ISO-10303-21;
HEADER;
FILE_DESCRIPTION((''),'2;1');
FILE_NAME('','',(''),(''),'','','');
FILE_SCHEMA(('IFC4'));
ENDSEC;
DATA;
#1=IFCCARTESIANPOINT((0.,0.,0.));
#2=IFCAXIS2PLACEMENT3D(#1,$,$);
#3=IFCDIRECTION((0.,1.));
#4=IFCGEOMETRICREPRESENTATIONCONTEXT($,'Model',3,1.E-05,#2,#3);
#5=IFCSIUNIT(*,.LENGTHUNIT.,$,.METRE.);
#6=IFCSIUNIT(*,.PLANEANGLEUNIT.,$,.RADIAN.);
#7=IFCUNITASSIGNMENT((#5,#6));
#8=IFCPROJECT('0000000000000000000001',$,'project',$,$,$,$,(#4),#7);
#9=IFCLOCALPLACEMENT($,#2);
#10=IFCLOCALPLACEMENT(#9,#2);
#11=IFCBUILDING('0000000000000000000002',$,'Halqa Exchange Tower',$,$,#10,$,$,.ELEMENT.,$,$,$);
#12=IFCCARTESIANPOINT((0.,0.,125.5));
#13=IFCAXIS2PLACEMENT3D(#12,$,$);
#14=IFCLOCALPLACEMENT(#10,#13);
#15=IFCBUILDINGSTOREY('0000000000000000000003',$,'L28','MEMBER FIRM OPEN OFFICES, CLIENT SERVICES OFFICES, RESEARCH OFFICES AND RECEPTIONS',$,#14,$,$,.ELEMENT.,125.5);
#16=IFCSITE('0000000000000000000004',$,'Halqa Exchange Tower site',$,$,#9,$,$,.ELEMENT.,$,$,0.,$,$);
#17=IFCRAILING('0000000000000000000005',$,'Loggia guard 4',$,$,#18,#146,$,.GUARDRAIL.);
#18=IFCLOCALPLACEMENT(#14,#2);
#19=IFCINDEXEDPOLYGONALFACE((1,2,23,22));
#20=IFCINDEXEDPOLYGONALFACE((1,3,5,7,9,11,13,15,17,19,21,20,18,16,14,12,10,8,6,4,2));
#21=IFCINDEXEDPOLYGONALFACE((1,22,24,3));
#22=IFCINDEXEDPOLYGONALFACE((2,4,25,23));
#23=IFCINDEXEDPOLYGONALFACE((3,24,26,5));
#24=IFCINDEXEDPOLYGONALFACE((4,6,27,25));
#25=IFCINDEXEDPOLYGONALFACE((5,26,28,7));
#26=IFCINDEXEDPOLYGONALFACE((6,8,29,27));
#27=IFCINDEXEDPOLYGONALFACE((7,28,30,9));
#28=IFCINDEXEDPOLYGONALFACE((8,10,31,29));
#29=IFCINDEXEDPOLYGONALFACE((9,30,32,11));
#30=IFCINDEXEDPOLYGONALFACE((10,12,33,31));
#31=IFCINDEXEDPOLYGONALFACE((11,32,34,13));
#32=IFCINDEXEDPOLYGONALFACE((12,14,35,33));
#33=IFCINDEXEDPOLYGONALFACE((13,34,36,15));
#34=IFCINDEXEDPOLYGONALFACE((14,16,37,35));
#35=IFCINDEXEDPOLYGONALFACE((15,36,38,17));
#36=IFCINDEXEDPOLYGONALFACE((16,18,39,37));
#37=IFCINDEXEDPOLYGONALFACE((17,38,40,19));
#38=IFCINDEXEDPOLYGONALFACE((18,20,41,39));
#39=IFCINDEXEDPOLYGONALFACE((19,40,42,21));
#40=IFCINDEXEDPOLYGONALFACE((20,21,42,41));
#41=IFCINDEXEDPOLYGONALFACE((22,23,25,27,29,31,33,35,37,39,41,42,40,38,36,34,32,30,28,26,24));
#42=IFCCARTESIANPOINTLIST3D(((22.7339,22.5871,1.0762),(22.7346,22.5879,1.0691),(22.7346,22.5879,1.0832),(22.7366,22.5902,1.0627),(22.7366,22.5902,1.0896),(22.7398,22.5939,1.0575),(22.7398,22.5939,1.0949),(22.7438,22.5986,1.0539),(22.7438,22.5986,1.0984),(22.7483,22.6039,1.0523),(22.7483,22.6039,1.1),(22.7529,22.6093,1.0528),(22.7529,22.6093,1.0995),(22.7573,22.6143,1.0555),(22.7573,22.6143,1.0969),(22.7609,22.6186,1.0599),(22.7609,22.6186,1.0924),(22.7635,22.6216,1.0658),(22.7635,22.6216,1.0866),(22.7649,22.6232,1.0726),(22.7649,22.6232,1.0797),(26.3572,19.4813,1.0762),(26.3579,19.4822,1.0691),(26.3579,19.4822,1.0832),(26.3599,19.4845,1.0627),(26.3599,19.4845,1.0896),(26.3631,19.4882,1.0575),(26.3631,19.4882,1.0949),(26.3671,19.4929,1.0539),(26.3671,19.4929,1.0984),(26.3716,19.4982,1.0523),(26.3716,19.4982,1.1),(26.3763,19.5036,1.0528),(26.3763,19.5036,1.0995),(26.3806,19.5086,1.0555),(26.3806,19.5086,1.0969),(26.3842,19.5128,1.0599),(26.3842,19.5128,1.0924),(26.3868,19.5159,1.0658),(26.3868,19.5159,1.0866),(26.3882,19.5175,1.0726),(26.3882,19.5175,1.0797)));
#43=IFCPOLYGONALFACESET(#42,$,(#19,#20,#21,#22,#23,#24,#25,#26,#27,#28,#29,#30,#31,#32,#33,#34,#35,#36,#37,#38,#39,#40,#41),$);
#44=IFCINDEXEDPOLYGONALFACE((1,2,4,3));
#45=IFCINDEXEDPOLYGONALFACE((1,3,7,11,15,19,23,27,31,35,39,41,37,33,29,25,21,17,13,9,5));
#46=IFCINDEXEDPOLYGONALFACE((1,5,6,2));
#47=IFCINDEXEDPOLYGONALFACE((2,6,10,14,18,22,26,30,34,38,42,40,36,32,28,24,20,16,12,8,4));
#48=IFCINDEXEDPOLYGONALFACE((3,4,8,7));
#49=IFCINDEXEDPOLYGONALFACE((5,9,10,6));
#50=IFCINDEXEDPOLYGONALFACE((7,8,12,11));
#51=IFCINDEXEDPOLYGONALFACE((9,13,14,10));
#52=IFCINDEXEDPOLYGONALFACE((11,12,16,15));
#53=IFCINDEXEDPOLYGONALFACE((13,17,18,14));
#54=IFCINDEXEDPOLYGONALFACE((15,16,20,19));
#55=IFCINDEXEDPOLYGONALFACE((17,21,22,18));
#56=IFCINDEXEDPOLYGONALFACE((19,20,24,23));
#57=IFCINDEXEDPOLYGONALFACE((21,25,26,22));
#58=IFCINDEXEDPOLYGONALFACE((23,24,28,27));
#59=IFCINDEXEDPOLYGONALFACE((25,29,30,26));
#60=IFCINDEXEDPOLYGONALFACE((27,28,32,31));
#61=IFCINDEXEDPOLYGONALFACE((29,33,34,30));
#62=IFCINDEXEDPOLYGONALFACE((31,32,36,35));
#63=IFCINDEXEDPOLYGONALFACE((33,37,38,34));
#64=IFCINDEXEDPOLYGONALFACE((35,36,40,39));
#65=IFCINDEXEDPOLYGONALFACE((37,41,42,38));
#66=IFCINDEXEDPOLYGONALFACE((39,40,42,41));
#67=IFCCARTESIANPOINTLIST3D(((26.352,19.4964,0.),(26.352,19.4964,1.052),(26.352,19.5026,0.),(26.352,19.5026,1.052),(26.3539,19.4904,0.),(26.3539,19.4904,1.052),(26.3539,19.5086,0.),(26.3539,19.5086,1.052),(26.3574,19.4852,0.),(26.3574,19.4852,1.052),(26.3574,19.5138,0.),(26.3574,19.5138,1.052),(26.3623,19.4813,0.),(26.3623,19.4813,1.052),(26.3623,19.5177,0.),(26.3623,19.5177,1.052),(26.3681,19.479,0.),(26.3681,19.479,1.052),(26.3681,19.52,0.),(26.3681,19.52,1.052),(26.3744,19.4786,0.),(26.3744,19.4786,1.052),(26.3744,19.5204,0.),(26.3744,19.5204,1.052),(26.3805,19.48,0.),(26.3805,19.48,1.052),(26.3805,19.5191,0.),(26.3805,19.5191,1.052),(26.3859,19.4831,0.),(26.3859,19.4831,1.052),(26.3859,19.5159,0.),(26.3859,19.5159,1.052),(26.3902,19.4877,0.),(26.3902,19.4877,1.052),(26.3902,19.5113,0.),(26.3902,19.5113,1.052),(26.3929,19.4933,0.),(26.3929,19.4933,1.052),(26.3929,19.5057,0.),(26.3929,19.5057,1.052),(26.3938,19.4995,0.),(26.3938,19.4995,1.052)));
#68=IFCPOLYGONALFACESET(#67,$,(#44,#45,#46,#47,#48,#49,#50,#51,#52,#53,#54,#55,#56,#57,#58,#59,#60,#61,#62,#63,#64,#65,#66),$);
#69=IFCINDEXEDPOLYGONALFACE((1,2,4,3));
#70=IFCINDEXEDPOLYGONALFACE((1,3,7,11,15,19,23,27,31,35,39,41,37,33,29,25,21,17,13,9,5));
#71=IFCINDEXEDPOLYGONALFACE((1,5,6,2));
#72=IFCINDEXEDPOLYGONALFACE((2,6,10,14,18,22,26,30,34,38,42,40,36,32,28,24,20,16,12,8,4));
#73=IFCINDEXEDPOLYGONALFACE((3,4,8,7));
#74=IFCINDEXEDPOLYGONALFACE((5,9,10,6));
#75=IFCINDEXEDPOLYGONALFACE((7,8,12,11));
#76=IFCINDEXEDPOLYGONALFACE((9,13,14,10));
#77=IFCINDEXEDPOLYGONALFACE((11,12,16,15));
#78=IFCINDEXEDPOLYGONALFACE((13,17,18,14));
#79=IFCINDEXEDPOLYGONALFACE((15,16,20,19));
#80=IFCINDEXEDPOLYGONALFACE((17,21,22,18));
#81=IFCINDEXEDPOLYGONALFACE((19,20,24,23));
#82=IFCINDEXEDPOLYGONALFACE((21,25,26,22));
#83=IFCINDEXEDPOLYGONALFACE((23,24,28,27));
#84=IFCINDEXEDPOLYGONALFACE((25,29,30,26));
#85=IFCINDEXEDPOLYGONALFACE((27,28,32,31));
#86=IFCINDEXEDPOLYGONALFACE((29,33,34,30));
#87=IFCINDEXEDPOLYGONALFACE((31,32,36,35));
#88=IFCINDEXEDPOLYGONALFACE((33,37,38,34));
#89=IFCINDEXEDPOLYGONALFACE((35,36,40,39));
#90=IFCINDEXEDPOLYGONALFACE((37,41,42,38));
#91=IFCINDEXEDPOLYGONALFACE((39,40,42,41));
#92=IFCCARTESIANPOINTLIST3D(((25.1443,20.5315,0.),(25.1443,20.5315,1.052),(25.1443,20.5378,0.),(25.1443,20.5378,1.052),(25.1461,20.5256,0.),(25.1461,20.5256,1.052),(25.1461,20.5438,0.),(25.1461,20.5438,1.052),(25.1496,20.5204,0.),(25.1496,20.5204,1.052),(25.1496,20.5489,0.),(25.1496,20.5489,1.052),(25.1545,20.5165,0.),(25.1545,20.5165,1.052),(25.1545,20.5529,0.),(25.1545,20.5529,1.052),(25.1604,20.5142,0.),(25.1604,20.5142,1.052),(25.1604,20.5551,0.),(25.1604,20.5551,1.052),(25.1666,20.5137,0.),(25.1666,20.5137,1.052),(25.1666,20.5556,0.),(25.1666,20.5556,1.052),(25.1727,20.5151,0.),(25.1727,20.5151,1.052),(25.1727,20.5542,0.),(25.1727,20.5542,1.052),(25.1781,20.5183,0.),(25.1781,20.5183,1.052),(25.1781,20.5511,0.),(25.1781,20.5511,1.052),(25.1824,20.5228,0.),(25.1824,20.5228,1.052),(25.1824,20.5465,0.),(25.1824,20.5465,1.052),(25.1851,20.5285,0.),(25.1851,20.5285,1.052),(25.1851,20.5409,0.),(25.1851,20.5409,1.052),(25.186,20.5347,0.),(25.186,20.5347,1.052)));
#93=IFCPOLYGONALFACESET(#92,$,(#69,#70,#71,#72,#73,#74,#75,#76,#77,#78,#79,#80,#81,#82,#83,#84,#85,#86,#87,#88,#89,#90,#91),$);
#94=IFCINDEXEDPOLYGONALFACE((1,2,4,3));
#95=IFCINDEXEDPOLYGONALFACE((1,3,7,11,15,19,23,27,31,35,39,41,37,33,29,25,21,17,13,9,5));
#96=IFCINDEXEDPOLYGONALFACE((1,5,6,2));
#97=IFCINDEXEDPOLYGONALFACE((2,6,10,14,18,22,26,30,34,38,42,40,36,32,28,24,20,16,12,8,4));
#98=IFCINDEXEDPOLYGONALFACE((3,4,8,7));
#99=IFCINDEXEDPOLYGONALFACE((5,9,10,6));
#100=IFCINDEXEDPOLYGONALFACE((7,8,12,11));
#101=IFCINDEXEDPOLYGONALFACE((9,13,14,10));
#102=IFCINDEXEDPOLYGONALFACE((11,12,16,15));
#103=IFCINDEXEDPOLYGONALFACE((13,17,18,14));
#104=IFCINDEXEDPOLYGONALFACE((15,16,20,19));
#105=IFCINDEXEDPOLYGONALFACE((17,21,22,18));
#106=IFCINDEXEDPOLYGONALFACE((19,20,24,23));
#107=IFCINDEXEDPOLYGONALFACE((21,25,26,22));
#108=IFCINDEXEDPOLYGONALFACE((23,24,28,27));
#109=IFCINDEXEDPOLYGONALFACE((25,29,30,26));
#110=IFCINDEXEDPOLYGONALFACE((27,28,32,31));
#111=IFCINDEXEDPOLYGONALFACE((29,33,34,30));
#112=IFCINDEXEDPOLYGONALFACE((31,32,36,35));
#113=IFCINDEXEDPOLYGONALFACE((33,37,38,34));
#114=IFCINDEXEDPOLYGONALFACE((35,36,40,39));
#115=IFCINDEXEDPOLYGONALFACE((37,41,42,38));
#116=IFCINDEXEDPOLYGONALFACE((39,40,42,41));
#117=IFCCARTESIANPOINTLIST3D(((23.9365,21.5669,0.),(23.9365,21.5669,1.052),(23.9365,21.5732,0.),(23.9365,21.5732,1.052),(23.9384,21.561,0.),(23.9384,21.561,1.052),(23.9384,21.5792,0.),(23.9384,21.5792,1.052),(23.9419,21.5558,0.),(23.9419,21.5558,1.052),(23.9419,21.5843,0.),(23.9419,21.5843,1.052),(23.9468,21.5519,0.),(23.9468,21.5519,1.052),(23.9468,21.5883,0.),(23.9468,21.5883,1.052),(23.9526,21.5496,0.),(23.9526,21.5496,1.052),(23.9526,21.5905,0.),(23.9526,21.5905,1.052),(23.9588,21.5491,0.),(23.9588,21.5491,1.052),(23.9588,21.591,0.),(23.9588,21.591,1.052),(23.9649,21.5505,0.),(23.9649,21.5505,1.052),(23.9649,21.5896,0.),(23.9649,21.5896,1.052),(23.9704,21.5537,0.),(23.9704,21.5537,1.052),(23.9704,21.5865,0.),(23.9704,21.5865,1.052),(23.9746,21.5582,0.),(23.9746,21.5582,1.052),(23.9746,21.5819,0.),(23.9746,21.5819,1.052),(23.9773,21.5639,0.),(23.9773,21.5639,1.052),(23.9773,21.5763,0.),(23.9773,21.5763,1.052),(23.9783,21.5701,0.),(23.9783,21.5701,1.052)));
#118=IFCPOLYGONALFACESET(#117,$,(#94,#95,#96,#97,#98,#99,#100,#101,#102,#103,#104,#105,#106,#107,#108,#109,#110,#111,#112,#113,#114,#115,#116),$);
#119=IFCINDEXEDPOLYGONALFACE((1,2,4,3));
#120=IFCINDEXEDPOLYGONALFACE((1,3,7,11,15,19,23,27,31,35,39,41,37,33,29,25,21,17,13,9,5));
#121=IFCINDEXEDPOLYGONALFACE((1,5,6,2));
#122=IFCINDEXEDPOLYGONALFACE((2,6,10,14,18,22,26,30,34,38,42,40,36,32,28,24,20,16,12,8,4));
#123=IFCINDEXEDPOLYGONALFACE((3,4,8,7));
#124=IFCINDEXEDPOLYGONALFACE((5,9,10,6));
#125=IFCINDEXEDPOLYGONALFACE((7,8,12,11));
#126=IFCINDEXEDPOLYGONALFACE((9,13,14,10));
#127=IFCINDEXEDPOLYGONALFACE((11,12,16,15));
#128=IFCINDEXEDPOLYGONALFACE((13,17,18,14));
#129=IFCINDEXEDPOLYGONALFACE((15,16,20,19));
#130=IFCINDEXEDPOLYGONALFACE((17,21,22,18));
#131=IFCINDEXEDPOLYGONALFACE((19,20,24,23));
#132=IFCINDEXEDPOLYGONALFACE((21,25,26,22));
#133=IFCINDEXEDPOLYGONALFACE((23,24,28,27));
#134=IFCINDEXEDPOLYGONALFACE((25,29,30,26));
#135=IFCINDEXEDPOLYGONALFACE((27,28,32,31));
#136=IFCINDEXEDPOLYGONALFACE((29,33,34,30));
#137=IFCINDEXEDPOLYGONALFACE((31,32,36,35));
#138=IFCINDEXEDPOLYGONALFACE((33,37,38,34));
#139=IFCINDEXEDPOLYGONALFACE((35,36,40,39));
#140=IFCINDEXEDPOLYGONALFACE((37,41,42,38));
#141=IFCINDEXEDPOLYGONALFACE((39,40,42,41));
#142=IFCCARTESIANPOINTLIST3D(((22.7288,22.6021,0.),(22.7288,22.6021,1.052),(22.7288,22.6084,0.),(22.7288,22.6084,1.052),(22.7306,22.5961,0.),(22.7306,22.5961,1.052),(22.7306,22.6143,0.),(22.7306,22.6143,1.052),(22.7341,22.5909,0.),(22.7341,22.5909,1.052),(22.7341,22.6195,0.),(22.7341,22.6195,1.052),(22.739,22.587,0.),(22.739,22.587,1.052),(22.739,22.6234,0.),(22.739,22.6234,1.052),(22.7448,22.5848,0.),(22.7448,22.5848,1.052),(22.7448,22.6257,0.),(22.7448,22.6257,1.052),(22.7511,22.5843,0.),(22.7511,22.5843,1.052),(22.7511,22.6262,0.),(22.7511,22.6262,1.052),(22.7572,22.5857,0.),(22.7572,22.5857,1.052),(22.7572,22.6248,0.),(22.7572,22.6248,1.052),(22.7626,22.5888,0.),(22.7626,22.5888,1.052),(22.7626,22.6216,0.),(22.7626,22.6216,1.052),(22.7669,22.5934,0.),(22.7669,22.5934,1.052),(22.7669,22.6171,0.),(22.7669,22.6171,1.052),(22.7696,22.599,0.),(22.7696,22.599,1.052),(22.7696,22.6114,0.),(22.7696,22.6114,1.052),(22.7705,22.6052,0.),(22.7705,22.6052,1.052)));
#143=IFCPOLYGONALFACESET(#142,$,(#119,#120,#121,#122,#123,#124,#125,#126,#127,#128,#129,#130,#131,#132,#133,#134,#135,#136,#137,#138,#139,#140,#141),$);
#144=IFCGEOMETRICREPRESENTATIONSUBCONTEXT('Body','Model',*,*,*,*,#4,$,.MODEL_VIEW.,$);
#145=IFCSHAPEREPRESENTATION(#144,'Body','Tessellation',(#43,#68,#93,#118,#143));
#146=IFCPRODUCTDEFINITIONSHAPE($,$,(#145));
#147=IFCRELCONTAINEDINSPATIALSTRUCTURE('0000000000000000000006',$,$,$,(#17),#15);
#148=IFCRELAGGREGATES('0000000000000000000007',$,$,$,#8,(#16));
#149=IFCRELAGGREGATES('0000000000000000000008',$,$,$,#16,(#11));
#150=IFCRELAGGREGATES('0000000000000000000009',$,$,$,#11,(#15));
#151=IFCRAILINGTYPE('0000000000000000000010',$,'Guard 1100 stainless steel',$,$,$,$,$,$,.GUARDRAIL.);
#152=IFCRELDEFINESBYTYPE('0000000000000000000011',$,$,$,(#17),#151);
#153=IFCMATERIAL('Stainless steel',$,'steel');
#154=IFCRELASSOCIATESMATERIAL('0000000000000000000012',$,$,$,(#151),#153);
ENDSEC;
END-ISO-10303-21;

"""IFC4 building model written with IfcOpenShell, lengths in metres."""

from ifc_helpers import new_model, si_unit, direction, frame, origin, origin_2d, place, context, subcontext, project, spatial, circle, extrude, material, type_object, element, save


model = new_model("IFC4")

# Units and contexts
model_context = context("Model", 3, precision=1e-05, world=origin(), true_north=direction((0.0, 1.0)))
body_context = subcontext(model_context, "Body", "Model", "MODEL_VIEW")
ifc_project = project(units=[si_unit("LENGTHUNIT", "METRE"), si_unit("PLANEANGLEUNIT", "RADIAN")], contexts=[model_context])

# Site, building, storey
site_placement = place(None, origin())
site = spatial("IfcSite", under=ifc_project, at=site_placement, Name="Halqa Exchange Tower site", CompositionType="ELEMENT", RefElevation=0.0)
building_placement = place(site_placement, origin())
building = spatial("IfcBuilding", under=site, at=building_placement, Name="Halqa Exchange Tower", CompositionType="ELEMENT")
storey_placement = place(building_placement, frame((0.0, 0.0, 125.5)))
storey = spatial("IfcBuildingStorey", under=building, at=storey_placement, Name="L28", Description="MEMBER FIRM OPEN OFFICES, CLIENT SERVICES OFFICES, RESEARCH OFFICES AND RECEPTIONS", CompositionType="ELEMENT", Elevation=125.5)

# Railing
ifc_material_1 = material(Name="Stainless steel", Category="steel")
railing_type = type_object("IfcRailingType", Name="Guard 1100 stainless steel", PredefinedType="GUARDRAIL", material=ifc_material_1)
railing_1_placement = place(storey_placement, frame((26.3728, 19.4995, 0.0)))
element("IfcRailing", 1, at=railing_1_placement, inside=storey, type_object=railing_type, Name="Loggia guard 4", PredefinedType="GUARDRAIL", context=body_context, shape_type="SweptSolid", body=[
    extrude(circle(Radius=0.0239, at=origin_2d()), frame((0.0, 0.0, 1.0762), z_axis=(-0.759253, 0.650796, 0.0), x_axis=(-0.650796, -0.759253, 0.0)), (0.0, 0.0, 1.0), 4.7722),
    extrude(circle(Radius=0.021, at=origin_2d()), origin(), (0.0, 0.0, 1.0), 1.052),
    extrude(circle(Radius=0.021, at=origin_2d()), frame((-1.2078, 1.0352, 0.0)), (0.0, 0.0, 1.0), 1.052),
    extrude(circle(Radius=0.021, at=origin_2d()), frame((-2.4155, 2.0706, 0.0)), (0.0, 0.0, 1.0), 1.052),
    extrude(circle(Radius=0.021, at=origin_2d()), frame((-3.6233, 3.1057, 0.0)), (0.0, 0.0, 1.0), 1.052),
])

save(model, "model.ifc")
